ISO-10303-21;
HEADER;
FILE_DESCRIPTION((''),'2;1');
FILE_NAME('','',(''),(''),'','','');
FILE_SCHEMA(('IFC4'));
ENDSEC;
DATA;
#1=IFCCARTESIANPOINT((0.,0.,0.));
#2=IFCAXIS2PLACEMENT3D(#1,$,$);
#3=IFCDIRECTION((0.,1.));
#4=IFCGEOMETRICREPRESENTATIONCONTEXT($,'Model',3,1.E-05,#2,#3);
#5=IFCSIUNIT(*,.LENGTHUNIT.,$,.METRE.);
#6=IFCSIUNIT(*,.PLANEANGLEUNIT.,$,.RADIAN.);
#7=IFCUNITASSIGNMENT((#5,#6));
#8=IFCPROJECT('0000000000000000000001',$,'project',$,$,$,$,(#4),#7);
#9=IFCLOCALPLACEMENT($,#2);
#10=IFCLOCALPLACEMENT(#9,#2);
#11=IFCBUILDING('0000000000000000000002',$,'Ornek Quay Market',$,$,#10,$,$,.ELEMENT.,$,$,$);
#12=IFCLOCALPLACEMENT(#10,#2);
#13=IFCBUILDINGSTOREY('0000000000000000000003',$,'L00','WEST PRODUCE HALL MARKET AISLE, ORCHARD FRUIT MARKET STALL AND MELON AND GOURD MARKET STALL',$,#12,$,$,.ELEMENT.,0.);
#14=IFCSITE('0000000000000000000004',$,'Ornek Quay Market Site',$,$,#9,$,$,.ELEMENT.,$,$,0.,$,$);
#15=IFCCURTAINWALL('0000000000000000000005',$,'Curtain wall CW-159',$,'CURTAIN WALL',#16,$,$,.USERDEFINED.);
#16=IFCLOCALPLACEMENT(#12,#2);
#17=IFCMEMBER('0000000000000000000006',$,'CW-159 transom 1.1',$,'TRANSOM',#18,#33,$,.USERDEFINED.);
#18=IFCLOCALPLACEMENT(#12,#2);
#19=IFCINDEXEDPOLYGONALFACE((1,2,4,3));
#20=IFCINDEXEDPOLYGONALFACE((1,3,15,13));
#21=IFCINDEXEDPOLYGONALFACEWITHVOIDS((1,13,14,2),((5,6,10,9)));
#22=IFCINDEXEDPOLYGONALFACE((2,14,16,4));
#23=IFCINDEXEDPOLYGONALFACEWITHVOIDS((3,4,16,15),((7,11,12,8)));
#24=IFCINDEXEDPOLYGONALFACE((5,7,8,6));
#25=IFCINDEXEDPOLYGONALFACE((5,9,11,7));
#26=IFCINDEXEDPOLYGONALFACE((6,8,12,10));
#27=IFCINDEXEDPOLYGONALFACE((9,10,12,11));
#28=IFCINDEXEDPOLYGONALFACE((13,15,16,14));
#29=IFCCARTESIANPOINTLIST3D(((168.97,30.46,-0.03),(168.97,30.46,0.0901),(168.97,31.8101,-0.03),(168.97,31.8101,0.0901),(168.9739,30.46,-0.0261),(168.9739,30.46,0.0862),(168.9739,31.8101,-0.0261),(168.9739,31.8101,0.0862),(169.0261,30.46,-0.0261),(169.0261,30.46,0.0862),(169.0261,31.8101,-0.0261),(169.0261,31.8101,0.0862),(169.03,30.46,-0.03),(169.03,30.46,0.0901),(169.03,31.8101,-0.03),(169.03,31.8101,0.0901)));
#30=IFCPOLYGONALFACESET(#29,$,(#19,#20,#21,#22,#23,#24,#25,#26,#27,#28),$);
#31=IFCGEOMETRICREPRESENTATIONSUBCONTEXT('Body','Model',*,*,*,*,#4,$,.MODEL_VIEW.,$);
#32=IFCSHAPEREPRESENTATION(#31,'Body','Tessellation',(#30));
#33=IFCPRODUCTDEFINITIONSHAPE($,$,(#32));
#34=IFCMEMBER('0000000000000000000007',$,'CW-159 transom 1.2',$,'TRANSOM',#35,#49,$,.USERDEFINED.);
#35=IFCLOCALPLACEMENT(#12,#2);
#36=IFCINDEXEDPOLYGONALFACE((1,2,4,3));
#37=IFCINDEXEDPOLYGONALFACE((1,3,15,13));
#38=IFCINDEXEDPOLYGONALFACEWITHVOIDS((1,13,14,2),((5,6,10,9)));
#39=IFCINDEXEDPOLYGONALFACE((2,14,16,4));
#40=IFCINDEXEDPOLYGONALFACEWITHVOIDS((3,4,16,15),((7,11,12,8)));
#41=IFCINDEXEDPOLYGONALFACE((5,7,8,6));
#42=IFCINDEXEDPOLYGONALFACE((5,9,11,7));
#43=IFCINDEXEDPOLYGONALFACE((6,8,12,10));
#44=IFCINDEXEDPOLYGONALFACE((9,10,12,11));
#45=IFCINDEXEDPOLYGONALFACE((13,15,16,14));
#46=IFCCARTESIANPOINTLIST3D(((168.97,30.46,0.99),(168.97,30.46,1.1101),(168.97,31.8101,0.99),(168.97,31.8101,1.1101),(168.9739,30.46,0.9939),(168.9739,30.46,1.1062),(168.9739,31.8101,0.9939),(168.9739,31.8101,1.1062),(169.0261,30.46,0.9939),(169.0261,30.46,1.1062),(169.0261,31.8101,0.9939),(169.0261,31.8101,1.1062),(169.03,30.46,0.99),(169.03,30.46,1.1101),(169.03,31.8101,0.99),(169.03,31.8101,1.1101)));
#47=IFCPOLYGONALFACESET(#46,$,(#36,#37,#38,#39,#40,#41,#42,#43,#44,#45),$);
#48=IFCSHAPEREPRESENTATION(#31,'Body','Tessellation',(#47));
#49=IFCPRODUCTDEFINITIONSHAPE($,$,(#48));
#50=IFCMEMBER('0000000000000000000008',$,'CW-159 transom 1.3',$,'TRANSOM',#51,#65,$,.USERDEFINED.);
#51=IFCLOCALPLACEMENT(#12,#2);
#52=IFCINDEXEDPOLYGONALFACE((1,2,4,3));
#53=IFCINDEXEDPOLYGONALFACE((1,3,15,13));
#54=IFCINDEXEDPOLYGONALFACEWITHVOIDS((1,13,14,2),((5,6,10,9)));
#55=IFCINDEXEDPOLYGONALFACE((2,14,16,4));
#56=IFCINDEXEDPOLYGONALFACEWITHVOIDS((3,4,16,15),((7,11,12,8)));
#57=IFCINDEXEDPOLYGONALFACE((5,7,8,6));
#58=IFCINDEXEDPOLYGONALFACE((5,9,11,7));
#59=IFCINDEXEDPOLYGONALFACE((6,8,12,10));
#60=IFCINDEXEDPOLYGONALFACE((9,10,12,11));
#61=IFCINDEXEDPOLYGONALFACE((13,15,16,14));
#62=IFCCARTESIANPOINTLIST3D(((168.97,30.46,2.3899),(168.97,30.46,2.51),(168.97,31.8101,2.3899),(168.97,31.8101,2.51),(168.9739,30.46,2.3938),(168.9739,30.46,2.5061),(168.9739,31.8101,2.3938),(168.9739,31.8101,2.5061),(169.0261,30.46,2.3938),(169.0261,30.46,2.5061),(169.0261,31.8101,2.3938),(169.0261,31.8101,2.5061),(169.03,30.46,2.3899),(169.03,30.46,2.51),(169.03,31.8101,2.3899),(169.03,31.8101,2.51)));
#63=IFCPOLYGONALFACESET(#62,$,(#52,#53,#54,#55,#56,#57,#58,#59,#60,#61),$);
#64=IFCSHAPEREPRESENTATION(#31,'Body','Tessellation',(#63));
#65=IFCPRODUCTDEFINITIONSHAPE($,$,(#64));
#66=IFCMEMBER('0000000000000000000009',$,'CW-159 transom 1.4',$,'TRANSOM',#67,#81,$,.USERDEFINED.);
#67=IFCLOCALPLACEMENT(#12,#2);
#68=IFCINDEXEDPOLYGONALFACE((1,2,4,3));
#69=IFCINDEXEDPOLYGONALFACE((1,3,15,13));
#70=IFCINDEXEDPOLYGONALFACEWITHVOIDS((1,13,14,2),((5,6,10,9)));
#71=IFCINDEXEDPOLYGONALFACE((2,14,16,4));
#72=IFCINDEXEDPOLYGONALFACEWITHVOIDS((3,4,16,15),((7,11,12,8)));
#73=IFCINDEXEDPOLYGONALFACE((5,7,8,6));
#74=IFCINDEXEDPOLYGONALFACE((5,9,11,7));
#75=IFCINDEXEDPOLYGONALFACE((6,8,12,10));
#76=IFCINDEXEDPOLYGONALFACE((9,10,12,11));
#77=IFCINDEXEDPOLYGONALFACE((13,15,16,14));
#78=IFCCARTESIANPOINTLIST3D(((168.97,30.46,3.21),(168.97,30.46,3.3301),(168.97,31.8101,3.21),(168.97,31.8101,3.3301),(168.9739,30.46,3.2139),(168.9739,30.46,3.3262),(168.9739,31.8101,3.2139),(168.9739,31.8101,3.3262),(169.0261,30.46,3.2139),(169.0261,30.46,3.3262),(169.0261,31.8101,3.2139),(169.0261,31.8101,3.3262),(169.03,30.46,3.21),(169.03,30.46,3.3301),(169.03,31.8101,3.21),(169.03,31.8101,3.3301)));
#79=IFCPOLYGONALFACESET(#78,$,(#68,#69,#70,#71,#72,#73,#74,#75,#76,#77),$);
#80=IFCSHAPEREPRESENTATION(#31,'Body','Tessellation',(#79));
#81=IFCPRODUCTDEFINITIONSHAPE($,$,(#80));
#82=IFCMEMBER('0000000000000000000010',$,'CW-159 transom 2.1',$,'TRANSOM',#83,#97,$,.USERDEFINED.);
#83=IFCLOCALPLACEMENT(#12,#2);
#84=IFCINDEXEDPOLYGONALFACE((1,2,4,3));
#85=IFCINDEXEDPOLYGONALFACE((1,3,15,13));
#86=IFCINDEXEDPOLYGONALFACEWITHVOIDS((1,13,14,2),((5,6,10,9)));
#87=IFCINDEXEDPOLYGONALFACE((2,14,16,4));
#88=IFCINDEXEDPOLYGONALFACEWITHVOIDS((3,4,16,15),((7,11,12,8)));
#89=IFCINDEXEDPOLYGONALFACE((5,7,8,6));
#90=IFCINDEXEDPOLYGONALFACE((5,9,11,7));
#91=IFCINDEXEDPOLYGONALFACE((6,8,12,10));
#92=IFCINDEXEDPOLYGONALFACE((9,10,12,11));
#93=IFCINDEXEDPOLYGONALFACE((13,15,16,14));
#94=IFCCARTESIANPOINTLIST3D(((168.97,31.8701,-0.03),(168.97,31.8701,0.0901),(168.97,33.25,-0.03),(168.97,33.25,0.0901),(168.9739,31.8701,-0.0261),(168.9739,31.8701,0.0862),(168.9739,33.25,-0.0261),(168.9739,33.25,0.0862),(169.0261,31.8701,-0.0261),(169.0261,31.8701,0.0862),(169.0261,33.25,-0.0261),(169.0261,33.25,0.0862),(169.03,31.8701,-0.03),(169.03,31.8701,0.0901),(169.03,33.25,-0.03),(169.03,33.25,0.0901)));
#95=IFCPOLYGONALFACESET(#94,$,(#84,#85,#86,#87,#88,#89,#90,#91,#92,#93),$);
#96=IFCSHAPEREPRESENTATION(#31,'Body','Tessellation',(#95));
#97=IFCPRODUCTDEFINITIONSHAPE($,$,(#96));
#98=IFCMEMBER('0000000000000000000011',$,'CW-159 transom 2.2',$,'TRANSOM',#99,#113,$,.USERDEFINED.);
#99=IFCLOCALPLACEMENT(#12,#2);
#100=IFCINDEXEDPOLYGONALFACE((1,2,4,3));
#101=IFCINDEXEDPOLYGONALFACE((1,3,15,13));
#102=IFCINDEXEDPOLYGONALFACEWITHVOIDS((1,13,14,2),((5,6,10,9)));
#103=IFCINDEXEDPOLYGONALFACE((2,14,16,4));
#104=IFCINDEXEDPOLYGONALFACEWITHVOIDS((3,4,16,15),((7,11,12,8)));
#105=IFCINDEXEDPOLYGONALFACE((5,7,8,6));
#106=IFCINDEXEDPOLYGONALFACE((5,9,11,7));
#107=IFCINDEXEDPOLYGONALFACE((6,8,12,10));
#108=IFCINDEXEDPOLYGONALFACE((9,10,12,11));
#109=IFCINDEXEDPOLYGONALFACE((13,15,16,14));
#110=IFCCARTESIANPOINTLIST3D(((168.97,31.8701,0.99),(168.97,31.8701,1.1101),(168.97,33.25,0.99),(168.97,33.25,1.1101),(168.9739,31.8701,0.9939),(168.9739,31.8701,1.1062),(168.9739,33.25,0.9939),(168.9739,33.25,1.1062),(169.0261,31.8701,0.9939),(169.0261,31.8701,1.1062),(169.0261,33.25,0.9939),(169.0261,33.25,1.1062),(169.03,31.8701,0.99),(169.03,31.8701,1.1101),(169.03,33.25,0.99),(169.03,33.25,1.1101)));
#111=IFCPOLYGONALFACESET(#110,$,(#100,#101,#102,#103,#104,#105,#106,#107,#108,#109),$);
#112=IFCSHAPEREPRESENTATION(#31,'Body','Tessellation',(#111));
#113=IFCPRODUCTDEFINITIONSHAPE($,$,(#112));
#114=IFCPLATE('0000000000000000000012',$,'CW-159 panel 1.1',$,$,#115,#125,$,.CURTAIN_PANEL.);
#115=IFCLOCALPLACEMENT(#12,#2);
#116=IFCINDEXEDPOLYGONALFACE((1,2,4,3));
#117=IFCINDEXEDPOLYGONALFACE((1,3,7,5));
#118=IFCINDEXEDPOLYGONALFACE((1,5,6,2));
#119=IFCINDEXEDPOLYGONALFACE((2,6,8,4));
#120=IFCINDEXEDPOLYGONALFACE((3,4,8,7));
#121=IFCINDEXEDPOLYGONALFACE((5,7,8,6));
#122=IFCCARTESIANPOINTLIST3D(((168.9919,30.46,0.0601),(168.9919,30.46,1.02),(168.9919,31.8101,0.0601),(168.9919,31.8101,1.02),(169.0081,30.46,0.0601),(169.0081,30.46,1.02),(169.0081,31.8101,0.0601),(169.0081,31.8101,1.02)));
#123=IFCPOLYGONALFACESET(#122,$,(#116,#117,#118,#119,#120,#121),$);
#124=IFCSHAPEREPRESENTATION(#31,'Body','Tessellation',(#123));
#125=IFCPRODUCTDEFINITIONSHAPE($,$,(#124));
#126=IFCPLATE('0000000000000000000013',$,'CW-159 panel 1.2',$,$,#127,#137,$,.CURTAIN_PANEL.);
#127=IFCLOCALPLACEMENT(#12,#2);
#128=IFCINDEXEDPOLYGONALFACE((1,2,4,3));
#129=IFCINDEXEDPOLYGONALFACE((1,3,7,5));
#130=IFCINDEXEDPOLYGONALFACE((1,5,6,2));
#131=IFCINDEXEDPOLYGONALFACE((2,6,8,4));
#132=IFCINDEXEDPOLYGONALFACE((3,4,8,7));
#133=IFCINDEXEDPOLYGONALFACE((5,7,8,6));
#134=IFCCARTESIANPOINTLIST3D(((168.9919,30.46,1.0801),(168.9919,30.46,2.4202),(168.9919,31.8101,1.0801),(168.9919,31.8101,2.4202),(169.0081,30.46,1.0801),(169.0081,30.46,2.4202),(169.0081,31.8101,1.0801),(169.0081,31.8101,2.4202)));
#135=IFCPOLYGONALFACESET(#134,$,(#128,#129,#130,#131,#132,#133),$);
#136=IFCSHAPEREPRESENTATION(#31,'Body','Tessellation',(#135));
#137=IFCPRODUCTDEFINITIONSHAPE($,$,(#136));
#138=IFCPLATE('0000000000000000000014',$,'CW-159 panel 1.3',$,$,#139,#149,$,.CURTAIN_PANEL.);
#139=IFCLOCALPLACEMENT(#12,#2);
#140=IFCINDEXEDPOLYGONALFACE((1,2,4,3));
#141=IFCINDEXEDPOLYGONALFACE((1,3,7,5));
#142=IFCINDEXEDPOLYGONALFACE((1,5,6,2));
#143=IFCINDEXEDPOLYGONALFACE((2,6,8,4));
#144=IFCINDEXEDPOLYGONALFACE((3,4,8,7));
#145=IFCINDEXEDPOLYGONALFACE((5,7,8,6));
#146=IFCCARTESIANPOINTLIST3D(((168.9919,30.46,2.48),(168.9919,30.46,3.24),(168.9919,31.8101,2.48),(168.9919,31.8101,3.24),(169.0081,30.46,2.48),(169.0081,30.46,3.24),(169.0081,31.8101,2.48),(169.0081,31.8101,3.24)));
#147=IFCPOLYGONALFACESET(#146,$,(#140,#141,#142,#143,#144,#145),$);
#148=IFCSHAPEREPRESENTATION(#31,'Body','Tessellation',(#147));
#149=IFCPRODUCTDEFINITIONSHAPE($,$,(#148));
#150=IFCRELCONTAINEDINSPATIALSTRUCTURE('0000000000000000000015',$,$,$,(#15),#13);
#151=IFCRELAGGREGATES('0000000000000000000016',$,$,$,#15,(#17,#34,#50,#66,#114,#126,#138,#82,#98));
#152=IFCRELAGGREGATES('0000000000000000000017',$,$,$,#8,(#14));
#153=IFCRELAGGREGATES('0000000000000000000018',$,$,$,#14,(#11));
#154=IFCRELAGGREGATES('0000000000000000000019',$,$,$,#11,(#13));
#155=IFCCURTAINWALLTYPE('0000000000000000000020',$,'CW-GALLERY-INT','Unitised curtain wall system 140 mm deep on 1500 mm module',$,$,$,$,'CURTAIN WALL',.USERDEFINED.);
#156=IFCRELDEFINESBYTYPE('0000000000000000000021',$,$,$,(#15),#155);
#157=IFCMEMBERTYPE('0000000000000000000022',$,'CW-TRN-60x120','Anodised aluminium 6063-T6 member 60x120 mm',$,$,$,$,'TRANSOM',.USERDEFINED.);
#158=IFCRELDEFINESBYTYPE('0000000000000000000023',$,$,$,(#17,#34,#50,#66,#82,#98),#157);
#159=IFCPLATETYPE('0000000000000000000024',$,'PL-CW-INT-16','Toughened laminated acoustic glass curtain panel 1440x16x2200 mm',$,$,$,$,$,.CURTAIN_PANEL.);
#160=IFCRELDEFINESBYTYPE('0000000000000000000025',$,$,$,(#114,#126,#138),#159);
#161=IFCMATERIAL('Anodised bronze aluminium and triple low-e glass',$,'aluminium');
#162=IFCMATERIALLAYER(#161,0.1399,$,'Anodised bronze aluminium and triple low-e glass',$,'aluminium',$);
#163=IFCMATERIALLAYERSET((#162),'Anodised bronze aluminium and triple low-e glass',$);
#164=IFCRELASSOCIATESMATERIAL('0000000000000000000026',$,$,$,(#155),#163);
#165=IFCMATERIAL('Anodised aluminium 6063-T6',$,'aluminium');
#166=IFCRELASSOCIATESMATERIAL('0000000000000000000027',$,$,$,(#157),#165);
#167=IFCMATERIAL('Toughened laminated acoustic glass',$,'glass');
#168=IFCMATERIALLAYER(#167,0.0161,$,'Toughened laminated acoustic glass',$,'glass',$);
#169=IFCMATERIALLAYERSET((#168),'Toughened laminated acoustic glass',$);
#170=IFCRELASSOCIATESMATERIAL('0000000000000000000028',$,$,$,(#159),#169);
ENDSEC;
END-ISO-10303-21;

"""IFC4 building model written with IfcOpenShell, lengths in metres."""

from ifc_helpers import new_model, si_unit, direction, frame, origin, origin_2d, place, context, subcontext, project, spatial, rectangle, hollow_rectangle, extrude, material, layer, layer_set, material_profile, profile_set, type_object, element, aggregate, save


model = new_model("IFC4")

# Units and contexts
model_context = context("Model", 3, precision=1e-05, world=origin(), true_north=direction((0.0, 1.0)))
body_context = subcontext(model_context, "Body", "Model", "MODEL_VIEW")
ifc_project = project(units=[si_unit("LENGTHUNIT", "METRE"), si_unit("PLANEANGLEUNIT", "RADIAN")], contexts=[model_context])

# Site, building, storey
site_placement = place(None, origin())
site = spatial("IfcSite", under=ifc_project, at=site_placement, Name="Ornek Quay Market Site", CompositionType="ELEMENT", RefElevation=0.0)
building_placement = place(site_placement, origin())
building = spatial("IfcBuilding", under=site, at=building_placement, Name="Ornek Quay Market", CompositionType="ELEMENT")
storey_placement = place(building_placement, origin())
storey = spatial("IfcBuildingStorey", under=building, at=storey_placement, Name="L00", Description="WEST PRODUCE HALL MARKET AISLE, ORCHARD FRUIT MARKET STALL AND MELON AND GOURD MARKET STALL", CompositionType="ELEMENT", Elevation=0.0)

# Curtain wall, members, plates
ifc_material_1 = material(Name="Anodised bronze aluminium and triple low-e glass", Category="aluminium")
ifc_layer_1 = layer(ifc_material_1, 0.1399, Name="Anodised bronze aluminium and triple low-e glass", Category="aluminium")
ifc_layer_set_1 = layer_set([ifc_layer_1], Name="Anodised bronze aluminium and triple low-e glass")
curtain_wall_type = type_object("IfcCurtainWallType", Name="CW-GALLERY-INT", Description="Unitised curtain wall system 140 mm deep on 1500 mm module", ElementType="CURTAIN WALL", PredefinedType="USERDEFINED", material=ifc_layer_set_1)
curtain_wall_placement = place(storey_placement, origin())
curtain_wall = element("IfcCurtainWall", 1, at=curtain_wall_placement, inside=storey, type_object=curtain_wall_type, Name="Curtain wall CW-159", ObjectType="CURTAIN WALL", PredefinedType="USERDEFINED")
ifc_material_2 = material(Name="Anodised aluminium 6063-T6", Category="aluminium")
ifc_material_profile_1 = material_profile(ifc_material_2, hollow_rectangle(XDim=0.0601, YDim=0.1201, WallThickness=0.0039, at=origin_2d()), Name="CW-TRN-60x120", Category="aluminium")
ifc_profile_set_1 = profile_set([ifc_material_profile_1], Name="Anodised aluminium 6063-T6")
member_type_1 = type_object("IfcMemberType", Name="CW-TRN-60x120", Description="Anodised aluminium 6063-T6 member 60x120 mm", ElementType="TRANSOM", PredefinedType="USERDEFINED", material=ifc_profile_set_1)
member_1_placement = place(storey_placement, frame((169.0, 30.46, 0.03), z_axis=(0.0, 1.0, 0.0), x_axis=(-1.0, 0.0, 0.0)))
member_1 = element("IfcMember", 2, at=member_1_placement, type_object=member_type_1, Name="CW-159 transom 1.1", ObjectType="TRANSOM", PredefinedType="USERDEFINED", context=body_context, shape_type="SweptSolid", body=[
    extrude(hollow_rectangle(XDim=0.0601, YDim=0.1201, WallThickness=0.0039, at=origin_2d()), origin(), (0.0, 0.0, 1.0), 1.3501),
])
member_2_placement = place(storey_placement, frame((169.0, 30.46, 1.05), z_axis=(0.0, 1.0, 0.0), x_axis=(-1.0, 0.0, 0.0)))
member_2 = element("IfcMember", 3, at=member_2_placement, type_object=member_type_1, Name="CW-159 transom 1.2", ObjectType="TRANSOM", PredefinedType="USERDEFINED", context=body_context, shape_type="SweptSolid", body=[
    extrude(hollow_rectangle(XDim=0.0601, YDim=0.1201, WallThickness=0.0039, at=origin_2d()), origin(), (0.0, 0.0, 1.0), 1.3501),
])
member_3_placement = place(storey_placement, frame((169.0, 30.46, 2.45), z_axis=(0.0, 1.0, 0.0), x_axis=(-1.0, 0.0, 0.0)))
member_3 = element("IfcMember", 4, at=member_3_placement, type_object=member_type_1, Name="CW-159 transom 1.3", ObjectType="TRANSOM", PredefinedType="USERDEFINED", context=body_context, shape_type="SweptSolid", body=[
    extrude(hollow_rectangle(XDim=0.0601, YDim=0.1201, WallThickness=0.0039, at=origin_2d()), origin(), (0.0, 0.0, 1.0), 1.3501),
])
member_4_placement = place(storey_placement, frame((169.0, 30.46, 3.27), z_axis=(0.0, 1.0, 0.0), x_axis=(-1.0, 0.0, 0.0)))
member_4 = element("IfcMember", 5, at=member_4_placement, type_object=member_type_1, Name="CW-159 transom 1.4", ObjectType="TRANSOM", PredefinedType="USERDEFINED", context=body_context, shape_type="SweptSolid", body=[
    extrude(hollow_rectangle(XDim=0.0601, YDim=0.1201, WallThickness=0.0039, at=origin_2d()), origin(), (0.0, 0.0, 1.0), 1.3501),
])
member_5_placement = place(storey_placement, frame((169.0, 31.8701, 0.03), z_axis=(0.0, 1.0, 0.0), x_axis=(-1.0, 0.0, 0.0)))
member_5 = element("IfcMember", 6, at=member_5_placement, type_object=member_type_1, Name="CW-159 transom 2.1", ObjectType="TRANSOM", PredefinedType="USERDEFINED", context=body_context, shape_type="SweptSolid", body=[
    extrude(hollow_rectangle(XDim=0.0601, YDim=0.1201, WallThickness=0.0039, at=origin_2d()), origin(), (0.0, 0.0, 1.0), 1.3799),
])
member_6_placement = place(storey_placement, frame((169.0, 31.8701, 1.05), z_axis=(0.0, 1.0, 0.0), x_axis=(-1.0, 0.0, 0.0)))
member_6 = element("IfcMember", 7, at=member_6_placement, type_object=member_type_1, Name="CW-159 transom 2.2", ObjectType="TRANSOM", PredefinedType="USERDEFINED", context=body_context, shape_type="SweptSolid", body=[
    extrude(hollow_rectangle(XDim=0.0601, YDim=0.1201, WallThickness=0.0039, at=origin_2d()), origin(), (0.0, 0.0, 1.0), 1.3799),
])
ifc_material_3 = material(Name="Toughened laminated acoustic glass", Category="glass")
ifc_layer_2 = layer(ifc_material_3, 0.0161, Name="Toughened laminated acoustic glass", Category="glass")
ifc_layer_set_2 = layer_set([ifc_layer_2], Name="Toughened laminated acoustic glass")
plate_type = type_object("IfcPlateType", Name="PL-CW-INT-16", Description="Toughened laminated acoustic glass curtain panel 1440x16x2200 mm", PredefinedType="CURTAIN_PANEL", material=ifc_layer_set_2)
plate_1_placement = place(storey_placement, frame((169.0, 31.135, 0.0601), z_axis=(0.0, 0.0, 1.0), x_axis=(0.0, 1.0, 0.0)))
plate_1 = element("IfcPlate", 8, at=plate_1_placement, type_object=plate_type, Name="CW-159 panel 1.1", PredefinedType="CURTAIN_PANEL", context=body_context, shape_type="SweptSolid", body=[
    extrude(rectangle(XDim=1.3501, YDim=0.0161, at=origin_2d()), origin(), (0.0, 0.0, 1.0), 0.96),
])
plate_2_placement = place(storey_placement, frame((169.0, 31.135, 1.0801), z_axis=(0.0, 0.0, 1.0), x_axis=(0.0, 1.0, 0.0)))
plate_2 = element("IfcPlate", 9, at=plate_2_placement, type_object=plate_type, Name="CW-159 panel 1.2", PredefinedType="CURTAIN_PANEL", context=body_context, shape_type="SweptSolid", body=[
    extrude(rectangle(XDim=1.3501, YDim=0.0161, at=origin_2d()), origin(), (0.0, 0.0, 1.0), 1.3401),
])
plate_3_placement = place(storey_placement, frame((169.0, 31.135, 2.48), z_axis=(0.0, 0.0, 1.0), x_axis=(0.0, 1.0, 0.0)))
plate_3 = element("IfcPlate", 10, at=plate_3_placement, type_object=plate_type, Name="CW-159 panel 1.3", PredefinedType="CURTAIN_PANEL", context=body_context, shape_type="SweptSolid", body=[
    extrude(rectangle(XDim=1.3501, YDim=0.0161, at=origin_2d()), origin(), (0.0, 0.0, 1.0), 0.76),
])
aggregate(curtain_wall, [member_1, member_2, member_3, member_4, plate_1, plate_2, plate_3, member_5, member_6])

save(model, "model.ifc")
